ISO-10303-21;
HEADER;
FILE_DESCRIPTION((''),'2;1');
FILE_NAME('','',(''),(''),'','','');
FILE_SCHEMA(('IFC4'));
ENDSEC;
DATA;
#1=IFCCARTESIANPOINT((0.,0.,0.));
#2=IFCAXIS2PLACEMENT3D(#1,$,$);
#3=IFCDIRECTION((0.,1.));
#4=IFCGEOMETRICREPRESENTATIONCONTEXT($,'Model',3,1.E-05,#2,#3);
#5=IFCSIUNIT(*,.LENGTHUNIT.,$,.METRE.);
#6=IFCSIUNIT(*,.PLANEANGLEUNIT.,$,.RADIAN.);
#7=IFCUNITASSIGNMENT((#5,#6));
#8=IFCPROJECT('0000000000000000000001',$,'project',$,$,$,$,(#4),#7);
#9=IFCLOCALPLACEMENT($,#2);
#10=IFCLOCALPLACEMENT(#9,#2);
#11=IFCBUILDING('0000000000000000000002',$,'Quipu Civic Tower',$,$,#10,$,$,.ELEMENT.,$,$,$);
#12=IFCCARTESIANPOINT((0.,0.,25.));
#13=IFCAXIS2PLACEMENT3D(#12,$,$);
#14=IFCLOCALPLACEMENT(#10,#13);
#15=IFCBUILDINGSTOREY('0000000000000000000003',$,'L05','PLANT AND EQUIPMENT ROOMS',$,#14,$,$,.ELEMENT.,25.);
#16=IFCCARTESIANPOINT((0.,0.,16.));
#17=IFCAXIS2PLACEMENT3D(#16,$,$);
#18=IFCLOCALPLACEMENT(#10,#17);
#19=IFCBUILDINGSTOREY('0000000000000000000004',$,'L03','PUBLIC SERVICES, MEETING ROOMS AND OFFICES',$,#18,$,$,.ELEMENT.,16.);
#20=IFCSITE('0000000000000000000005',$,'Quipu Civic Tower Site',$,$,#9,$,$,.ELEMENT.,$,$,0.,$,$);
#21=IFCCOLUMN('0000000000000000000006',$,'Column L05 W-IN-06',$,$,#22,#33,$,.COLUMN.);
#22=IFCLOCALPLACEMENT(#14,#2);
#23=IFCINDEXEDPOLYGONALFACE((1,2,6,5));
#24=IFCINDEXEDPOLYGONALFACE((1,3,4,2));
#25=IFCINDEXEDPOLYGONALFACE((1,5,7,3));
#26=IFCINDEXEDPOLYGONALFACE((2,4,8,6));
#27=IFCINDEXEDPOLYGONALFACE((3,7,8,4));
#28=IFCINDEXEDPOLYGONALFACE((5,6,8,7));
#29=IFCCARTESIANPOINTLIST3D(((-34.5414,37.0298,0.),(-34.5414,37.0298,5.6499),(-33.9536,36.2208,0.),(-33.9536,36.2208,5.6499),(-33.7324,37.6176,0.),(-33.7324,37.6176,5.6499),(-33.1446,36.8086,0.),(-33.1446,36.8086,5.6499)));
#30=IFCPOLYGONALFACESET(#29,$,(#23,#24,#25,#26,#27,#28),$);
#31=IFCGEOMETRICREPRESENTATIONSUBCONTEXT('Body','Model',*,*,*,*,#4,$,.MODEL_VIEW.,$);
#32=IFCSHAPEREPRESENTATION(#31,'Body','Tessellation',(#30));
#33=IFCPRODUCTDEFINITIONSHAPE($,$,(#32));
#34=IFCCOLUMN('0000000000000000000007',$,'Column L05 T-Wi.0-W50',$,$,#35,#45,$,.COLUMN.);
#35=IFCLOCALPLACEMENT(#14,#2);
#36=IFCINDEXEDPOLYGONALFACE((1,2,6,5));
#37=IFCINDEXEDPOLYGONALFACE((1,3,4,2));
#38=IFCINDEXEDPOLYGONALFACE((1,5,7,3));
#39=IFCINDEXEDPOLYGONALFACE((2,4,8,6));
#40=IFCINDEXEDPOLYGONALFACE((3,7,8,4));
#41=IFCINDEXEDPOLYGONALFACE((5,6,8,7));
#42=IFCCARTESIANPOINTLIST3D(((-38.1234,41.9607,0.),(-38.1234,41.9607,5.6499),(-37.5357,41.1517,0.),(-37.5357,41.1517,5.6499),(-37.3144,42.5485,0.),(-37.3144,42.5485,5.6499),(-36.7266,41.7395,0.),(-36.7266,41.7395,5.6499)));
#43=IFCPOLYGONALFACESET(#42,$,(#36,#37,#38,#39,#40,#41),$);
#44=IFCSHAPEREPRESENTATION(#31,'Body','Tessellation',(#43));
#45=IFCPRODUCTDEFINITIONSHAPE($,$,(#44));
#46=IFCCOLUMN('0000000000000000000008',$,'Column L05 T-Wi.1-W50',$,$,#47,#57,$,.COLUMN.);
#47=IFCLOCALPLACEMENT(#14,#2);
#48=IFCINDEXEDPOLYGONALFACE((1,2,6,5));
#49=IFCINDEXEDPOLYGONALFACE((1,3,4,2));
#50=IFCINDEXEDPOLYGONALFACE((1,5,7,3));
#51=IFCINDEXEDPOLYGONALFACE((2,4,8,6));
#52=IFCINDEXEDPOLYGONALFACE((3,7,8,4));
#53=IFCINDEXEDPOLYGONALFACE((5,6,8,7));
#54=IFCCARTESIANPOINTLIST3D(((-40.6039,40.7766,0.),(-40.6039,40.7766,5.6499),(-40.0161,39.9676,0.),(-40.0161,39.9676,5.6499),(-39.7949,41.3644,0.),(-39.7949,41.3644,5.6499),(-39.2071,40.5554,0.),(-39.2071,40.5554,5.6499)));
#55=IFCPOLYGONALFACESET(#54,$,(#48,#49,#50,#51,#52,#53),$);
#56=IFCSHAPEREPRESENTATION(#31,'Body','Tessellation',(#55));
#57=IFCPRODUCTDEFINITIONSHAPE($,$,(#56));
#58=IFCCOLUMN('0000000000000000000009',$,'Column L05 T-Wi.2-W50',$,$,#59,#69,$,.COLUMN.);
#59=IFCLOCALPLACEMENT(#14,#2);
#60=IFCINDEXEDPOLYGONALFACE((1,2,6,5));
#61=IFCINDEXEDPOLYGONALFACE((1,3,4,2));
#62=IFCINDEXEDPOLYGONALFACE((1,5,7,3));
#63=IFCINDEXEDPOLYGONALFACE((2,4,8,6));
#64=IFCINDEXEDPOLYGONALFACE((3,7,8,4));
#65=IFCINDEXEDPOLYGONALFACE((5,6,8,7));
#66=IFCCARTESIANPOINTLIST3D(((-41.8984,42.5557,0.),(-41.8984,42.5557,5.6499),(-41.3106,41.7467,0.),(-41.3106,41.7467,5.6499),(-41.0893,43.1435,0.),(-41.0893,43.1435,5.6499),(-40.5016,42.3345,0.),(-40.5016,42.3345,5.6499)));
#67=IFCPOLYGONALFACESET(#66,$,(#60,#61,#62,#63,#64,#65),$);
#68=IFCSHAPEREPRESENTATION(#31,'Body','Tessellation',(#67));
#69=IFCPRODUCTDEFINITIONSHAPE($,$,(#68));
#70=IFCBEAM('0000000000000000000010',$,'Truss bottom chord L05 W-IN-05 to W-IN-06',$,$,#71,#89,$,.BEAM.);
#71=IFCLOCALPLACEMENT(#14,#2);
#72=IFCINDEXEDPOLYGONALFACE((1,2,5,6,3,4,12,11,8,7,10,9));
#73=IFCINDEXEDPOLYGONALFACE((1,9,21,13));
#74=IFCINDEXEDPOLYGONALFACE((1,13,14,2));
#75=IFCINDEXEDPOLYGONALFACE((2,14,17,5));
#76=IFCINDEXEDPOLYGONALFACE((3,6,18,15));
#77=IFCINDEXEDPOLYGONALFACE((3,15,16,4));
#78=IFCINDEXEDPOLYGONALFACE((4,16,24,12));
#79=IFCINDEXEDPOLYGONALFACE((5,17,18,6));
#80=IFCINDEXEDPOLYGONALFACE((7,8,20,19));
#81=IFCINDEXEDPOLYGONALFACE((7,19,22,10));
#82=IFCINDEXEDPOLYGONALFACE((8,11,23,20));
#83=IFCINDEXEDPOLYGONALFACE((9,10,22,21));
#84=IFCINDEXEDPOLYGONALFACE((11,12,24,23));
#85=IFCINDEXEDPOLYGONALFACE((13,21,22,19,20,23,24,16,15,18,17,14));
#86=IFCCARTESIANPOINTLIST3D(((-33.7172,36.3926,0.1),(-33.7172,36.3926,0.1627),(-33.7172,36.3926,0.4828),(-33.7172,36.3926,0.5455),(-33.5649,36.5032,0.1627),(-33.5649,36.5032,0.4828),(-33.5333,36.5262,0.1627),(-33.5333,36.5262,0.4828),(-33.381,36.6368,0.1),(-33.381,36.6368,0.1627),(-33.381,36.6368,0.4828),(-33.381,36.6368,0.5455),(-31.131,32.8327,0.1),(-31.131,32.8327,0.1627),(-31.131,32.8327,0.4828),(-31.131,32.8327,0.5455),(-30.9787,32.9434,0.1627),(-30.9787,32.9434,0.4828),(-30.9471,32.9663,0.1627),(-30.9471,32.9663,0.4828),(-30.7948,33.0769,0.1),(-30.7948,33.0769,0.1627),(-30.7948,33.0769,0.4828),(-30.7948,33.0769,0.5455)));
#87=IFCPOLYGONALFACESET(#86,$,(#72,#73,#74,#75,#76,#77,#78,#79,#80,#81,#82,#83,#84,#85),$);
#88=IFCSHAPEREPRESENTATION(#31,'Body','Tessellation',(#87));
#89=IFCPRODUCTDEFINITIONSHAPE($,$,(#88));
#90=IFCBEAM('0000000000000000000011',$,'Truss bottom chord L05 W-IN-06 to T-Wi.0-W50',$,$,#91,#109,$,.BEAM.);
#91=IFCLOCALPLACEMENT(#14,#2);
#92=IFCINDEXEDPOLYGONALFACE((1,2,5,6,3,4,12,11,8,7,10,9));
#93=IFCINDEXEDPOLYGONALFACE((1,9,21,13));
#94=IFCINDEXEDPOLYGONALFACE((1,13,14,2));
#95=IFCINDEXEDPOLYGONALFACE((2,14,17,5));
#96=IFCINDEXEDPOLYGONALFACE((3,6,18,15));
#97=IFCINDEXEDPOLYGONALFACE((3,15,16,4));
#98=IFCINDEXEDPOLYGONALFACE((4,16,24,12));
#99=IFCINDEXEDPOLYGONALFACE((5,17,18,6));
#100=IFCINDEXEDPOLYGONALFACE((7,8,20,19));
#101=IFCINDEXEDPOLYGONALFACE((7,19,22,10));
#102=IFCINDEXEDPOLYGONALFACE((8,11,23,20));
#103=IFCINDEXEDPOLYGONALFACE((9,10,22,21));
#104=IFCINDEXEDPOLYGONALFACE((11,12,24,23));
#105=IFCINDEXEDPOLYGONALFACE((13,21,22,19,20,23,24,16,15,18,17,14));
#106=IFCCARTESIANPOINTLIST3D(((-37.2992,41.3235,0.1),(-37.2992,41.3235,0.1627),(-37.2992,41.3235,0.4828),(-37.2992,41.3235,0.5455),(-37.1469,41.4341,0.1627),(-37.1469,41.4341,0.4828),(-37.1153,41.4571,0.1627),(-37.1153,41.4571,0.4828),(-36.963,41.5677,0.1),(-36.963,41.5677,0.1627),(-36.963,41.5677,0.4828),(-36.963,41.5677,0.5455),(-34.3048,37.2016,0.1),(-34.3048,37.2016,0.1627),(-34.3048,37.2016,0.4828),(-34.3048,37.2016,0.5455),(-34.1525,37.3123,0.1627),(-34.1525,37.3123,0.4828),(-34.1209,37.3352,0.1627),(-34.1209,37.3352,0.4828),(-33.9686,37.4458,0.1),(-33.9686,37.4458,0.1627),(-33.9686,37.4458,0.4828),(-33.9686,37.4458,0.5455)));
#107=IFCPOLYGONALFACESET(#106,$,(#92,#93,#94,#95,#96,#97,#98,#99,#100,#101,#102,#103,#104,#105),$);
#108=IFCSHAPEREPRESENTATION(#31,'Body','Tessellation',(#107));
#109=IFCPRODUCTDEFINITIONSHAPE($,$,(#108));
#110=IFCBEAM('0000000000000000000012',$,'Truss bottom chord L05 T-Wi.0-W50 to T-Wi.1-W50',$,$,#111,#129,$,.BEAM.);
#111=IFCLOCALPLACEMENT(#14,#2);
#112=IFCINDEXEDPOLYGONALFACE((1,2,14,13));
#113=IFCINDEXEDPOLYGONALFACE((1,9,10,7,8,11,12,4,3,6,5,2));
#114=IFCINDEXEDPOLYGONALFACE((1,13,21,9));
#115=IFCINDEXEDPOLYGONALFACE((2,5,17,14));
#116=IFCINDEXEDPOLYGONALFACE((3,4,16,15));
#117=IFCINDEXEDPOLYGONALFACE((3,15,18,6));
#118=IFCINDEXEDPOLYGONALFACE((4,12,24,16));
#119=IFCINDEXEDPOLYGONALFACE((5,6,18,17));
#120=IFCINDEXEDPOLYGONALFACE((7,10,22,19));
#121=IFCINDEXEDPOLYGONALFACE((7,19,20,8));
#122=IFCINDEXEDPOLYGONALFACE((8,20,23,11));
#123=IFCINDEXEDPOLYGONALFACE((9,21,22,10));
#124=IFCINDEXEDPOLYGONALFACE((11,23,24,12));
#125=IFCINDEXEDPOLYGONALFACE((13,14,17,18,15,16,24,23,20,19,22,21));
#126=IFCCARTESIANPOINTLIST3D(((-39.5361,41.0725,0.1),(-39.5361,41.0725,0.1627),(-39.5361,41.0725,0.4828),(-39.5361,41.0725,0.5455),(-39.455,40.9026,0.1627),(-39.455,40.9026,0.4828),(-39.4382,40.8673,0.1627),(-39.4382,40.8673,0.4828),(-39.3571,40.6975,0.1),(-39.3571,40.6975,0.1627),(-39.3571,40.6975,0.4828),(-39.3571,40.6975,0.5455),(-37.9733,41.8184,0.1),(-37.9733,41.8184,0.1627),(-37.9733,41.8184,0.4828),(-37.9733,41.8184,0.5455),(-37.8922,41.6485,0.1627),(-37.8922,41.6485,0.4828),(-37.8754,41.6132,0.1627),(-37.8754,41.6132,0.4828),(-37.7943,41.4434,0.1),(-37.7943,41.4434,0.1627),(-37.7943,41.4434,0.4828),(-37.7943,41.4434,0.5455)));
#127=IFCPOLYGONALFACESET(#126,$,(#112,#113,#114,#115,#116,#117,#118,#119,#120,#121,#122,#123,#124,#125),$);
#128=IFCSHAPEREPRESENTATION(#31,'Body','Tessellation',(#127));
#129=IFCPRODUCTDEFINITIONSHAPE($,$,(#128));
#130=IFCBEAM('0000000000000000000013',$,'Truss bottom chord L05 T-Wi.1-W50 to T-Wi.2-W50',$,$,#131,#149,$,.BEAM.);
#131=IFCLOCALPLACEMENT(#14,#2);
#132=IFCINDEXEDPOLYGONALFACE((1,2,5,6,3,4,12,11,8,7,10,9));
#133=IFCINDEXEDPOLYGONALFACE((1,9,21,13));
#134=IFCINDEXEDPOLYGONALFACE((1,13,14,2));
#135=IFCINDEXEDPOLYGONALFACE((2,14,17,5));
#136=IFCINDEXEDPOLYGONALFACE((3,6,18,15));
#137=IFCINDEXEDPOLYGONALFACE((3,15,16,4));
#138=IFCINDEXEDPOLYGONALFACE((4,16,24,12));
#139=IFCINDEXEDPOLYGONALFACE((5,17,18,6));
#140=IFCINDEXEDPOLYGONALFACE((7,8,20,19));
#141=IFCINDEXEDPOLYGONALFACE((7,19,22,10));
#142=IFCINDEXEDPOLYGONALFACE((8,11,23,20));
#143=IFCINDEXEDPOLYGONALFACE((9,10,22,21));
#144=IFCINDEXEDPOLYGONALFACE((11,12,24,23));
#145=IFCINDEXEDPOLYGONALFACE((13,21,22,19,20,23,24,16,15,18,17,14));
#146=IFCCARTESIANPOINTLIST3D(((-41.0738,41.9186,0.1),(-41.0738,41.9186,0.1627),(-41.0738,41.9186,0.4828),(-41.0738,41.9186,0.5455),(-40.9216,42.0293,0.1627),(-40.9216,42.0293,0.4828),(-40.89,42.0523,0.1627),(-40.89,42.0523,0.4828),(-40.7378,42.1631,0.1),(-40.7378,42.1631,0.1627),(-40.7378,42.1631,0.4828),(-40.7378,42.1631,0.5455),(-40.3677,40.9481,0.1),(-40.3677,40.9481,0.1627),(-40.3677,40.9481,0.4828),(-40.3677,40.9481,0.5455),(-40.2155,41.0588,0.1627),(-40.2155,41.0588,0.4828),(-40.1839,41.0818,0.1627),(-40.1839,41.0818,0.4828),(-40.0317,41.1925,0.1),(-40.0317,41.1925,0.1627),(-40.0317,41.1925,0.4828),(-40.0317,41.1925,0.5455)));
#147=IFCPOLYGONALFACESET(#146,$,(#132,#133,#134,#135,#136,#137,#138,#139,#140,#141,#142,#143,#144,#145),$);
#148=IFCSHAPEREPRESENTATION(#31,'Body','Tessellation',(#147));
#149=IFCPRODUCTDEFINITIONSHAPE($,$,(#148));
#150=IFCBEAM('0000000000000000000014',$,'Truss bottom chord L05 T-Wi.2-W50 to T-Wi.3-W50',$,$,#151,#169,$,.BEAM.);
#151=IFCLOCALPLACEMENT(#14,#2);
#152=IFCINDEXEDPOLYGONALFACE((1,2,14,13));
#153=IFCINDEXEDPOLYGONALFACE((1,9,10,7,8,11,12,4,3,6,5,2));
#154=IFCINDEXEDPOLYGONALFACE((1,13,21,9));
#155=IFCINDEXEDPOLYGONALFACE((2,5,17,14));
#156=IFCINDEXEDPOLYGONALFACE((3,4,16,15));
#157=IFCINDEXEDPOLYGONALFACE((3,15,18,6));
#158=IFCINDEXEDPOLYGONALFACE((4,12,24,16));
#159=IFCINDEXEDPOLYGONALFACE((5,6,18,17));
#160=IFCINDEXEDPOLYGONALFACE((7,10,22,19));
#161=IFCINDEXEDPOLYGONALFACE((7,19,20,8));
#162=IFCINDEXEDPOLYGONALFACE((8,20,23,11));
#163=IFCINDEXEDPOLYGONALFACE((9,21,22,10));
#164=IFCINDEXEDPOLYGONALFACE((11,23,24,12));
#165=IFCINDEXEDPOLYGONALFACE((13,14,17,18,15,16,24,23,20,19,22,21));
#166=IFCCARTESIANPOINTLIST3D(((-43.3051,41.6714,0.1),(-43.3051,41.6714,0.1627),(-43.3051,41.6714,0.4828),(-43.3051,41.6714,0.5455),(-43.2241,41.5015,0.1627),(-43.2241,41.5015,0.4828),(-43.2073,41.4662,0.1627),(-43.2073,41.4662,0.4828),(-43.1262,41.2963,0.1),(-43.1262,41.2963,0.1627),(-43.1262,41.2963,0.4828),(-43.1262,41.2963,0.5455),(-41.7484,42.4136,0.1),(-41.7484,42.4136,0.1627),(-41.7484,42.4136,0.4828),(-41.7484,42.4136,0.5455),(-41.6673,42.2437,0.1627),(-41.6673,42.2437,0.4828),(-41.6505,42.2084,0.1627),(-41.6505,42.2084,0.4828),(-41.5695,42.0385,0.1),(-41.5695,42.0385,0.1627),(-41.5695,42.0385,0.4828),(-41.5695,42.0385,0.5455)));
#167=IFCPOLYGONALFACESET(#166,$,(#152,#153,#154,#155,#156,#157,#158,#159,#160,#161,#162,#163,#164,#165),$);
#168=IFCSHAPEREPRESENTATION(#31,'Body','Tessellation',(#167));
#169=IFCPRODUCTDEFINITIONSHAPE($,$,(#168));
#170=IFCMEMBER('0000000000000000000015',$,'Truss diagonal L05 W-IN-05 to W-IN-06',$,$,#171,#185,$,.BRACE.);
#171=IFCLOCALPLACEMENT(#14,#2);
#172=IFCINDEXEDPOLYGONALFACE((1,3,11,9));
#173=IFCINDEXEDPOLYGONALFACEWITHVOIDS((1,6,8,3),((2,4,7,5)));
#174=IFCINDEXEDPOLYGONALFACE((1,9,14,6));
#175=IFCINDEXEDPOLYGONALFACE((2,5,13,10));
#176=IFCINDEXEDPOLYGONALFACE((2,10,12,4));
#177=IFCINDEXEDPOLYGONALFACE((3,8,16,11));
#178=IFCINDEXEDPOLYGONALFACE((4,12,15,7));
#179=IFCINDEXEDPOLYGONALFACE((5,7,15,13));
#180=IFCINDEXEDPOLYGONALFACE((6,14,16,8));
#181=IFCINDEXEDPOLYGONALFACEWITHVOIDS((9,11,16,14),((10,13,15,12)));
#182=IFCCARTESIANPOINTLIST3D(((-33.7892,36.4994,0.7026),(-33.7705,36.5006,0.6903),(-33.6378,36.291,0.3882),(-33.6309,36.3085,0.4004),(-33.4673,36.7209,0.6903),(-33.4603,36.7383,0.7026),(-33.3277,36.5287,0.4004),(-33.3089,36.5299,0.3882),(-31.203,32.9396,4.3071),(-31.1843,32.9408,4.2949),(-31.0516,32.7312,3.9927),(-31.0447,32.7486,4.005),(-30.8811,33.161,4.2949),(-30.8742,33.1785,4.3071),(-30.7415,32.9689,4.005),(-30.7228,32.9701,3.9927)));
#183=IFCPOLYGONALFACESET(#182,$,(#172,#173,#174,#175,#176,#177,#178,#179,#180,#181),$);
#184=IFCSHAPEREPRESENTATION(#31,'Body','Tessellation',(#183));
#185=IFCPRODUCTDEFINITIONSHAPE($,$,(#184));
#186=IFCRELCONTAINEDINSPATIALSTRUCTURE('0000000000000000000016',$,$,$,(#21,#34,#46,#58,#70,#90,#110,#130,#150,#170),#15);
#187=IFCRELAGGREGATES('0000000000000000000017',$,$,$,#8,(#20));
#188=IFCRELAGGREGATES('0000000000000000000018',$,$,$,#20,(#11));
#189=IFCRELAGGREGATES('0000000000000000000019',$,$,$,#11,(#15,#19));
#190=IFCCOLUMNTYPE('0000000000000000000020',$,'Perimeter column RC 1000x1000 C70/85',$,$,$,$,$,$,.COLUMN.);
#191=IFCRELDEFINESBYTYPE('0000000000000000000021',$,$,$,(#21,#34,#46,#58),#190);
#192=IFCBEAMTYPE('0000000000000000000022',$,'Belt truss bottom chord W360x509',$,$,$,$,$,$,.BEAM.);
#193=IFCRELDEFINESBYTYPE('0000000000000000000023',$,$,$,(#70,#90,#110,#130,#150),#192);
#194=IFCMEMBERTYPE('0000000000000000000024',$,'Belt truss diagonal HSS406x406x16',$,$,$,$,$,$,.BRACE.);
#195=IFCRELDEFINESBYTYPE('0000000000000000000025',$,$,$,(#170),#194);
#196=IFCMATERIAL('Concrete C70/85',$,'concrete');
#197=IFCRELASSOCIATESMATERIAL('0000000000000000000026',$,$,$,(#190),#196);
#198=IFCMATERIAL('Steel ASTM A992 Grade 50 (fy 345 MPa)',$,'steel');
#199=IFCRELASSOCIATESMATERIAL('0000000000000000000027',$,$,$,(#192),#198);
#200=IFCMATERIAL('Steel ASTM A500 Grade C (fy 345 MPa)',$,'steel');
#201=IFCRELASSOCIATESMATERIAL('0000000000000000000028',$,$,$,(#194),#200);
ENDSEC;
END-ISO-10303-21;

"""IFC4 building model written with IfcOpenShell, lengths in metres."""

from ifc_helpers import new_model, si_unit, direction, frame, origin, origin_2d, place, context, subcontext, project, spatial, rectangle, hollow_rectangle, i_section, extrude, material, material_profile, profile_set, type_object, element, save


model = new_model("IFC4")

# Units and contexts
model_context = context("Model", 3, precision=1e-05, world=origin(), true_north=direction((0.0, 1.0)))
body_context = subcontext(model_context, "Body", "Model", "MODEL_VIEW")
ifc_project = project(units=[si_unit("LENGTHUNIT", "METRE"), si_unit("PLANEANGLEUNIT", "RADIAN")], contexts=[model_context])

# Site, building, storey
site_placement = place(None, origin())
site = spatial("IfcSite", under=ifc_project, at=site_placement, Name="Quipu Civic Tower Site", CompositionType="ELEMENT", RefElevation=0.0)
building_placement = place(site_placement, origin())
building = spatial("IfcBuilding", under=site, at=building_placement, Name="Quipu Civic Tower", CompositionType="ELEMENT")
storey_1_placement = place(building_placement, frame((0.0, 0.0, 25.0)))
storey_1 = spatial("IfcBuildingStorey", under=building, at=storey_1_placement, Name="L05", Description="PLANT AND EQUIPMENT ROOMS", CompositionType="ELEMENT", Elevation=25.0)

# Columns
ifc_material_1 = material(Name="Concrete C70/85", Category="concrete")
ifc_material_profile_1 = material_profile(ifc_material_1, rectangle(XDim=1.0, YDim=1.0, at=origin_2d()), Name="RC1000x1000")
ifc_profile_set_1 = profile_set([ifc_material_profile_1], Name="Concrete C70/85")
column_type = type_object("IfcColumnType", Name="Perimeter column RC 1000x1000 C70/85", PredefinedType="COLUMN", material=ifc_profile_set_1)
for number, where, z_axis, x_axis, name in (
    (1, (-33.843, 36.9192, 0.0), (0.0, 0.0, 1.0), (-0.587785, 0.809017, 0.0), "Column L05 W-IN-06"),
    (2, (-37.425, 41.8501, 0.0), (0.0, 0.0, 1.0), (-0.587785, 0.809017, 0.0), "Column L05 T-Wi.0-W50"),
    (3, (-39.9055, 40.666, 0.0), (0.0, 0.0, 1.0), (-0.587785, 0.809017, 0.0), "Column L05 T-Wi.1-W50"),
    (4, (-41.2, 42.4451, 0.0), (0.0, 0.0, 1.0), (-0.587785, 0.809017, 0.0), "Column L05 T-Wi.2-W50"),
):
    element("IfcColumn", number, at=place(storey_1_placement, frame(where, z_axis=z_axis, x_axis=x_axis)), inside=storey_1, type_object=column_type, Name=name, PredefinedType="COLUMN", context=body_context, shape_type="SweptSolid", body=[
        extrude(rectangle(XDim=1.0, YDim=1.0, at=origin_2d()), origin(), (0.0, 0.0, 1.0), 5.6499),
    ])

# Beams
ifc_material_2 = material(Name="Steel ASTM A992 Grade 50 (fy 345 MPa)", Category="steel")
ifc_material_profile_2 = material_profile(ifc_material_2, i_section(OverallWidth=0.4155, OverallDepth=0.4456, WebThickness=0.0391, FlangeThickness=0.0627, at=origin_2d()), Name="W360x509")
ifc_profile_set_2 = profile_set([ifc_material_profile_2], Name="Steel ASTM A992 Grade 50 (fy 345 MPa)")
beam_type_1 = type_object("IfcBeamType", Name="Belt truss bottom chord W360x509", PredefinedType="BEAM", material=ifc_profile_set_2)
beam_1_placement = place(storey_1_placement, frame((-30.9629, 32.9548, 0.3228), z_axis=(-0.587759, 0.809036, 0.0), x_axis=(-0.809036, -0.587759, 0.0)))
element("IfcBeam", 5, at=beam_1_placement, inside=storey_1, type_object=beam_type_1, Name="Truss bottom chord L05 W-IN-05 to W-IN-06", PredefinedType="BEAM", context=body_context, shape_type="SweptSolid", body=[
    extrude(i_section(OverallWidth=0.4155, OverallDepth=0.4456, WebThickness=0.0391, FlangeThickness=0.0627, at=origin_2d()), origin(), (0.0, 0.0, 1.0), 4.4001),
])
beam_2_placement = place(storey_1_placement, frame((-34.1367, 37.3237, 0.3228), z_axis=(-0.587747, 0.809045, 0.0), x_axis=(-0.809045, -0.587747, 0.0)))
element("IfcBeam", 6, at=beam_2_placement, inside=storey_1, type_object=beam_type_1, Name="Truss bottom chord L05 W-IN-06 to T-Wi.0-W50", PredefinedType="BEAM", context=body_context, shape_type="SweptSolid", body=[
    extrude(i_section(OverallWidth=0.4155, OverallDepth=0.4456, WebThickness=0.0391, FlangeThickness=0.0627, at=origin_2d()), origin(), (0.0, 0.0, 1.0), 5.0947),
])
beam_3_placement = place(storey_1_placement, frame((-37.8838, 41.6309, 0.3228), z_axis=(-0.902482, -0.430727, 0.0), x_axis=(0.430727, -0.902482, 0.0)))
element("IfcBeam", 7, at=beam_3_placement, inside=storey_1, type_object=beam_type_1, Name="Truss bottom chord L05 T-Wi.0-W50 to T-Wi.1-W50", PredefinedType="BEAM", context=body_context, shape_type="SweptSolid", body=[
    extrude(i_section(OverallWidth=0.4155, OverallDepth=0.4456, WebThickness=0.0391, FlangeThickness=0.0627, at=origin_2d()), origin(), (0.0, 0.0, 1.0), 1.7317),
])
beam_4_placement = place(storey_1_placement, frame((-40.1997, 41.0703, 0.3228), z_axis=(-0.588317, 0.808631, 0.0), x_axis=(-0.808631, -0.588317, 0.0)))
element("IfcBeam", 8, at=beam_4_placement, inside=storey_1, type_object=beam_type_1, Name="Truss bottom chord L05 T-Wi.1-W50 to T-Wi.2-W50", PredefinedType="BEAM", context=body_context, shape_type="SweptSolid", body=[
    extrude(i_section(OverallWidth=0.4155, OverallDepth=0.4456, WebThickness=0.0391, FlangeThickness=0.0627, at=origin_2d()), origin(), (0.0, 0.0, 1.0), 1.2002),
])
beam_5_placement = place(storey_1_placement, frame((-41.6589, 42.2261, 0.3228), z_axis=(-0.902651, -0.430373, 0.0), x_axis=(0.430373, -0.902651, 0.0)))
element("IfcBeam", 9, at=beam_5_placement, inside=storey_1, type_object=beam_type_1, Name="Truss bottom chord L05 T-Wi.2-W50 to T-Wi.3-W50", PredefinedType="BEAM", context=body_context, shape_type="SweptSolid", body=[
    extrude(i_section(OverallWidth=0.4155, OverallDepth=0.4456, WebThickness=0.0391, FlangeThickness=0.0627, at=origin_2d()), origin(), (0.0, 0.0, 1.0), 1.7246),
])

# Member
ifc_material_3 = material(Name="Steel ASTM A500 Grade C (fy 345 MPa)", Category="steel")
ifc_material_profile_3 = material_profile(ifc_material_3, hollow_rectangle(XDim=0.4065, YDim=0.4065, WallThickness=0.0159, at=origin_2d()), Name="HSS406x406x16")
ifc_profile_set_3 = profile_set([ifc_material_profile_3], Name="Steel ASTM A500 Grade C (fy 345 MPa)")
member_type_1 = type_object("IfcMemberType", Name="Belt truss diagonal HSS406x406x16", PredefinedType="BRACE", material=ifc_profile_set_3)
member_1_placement = place(storey_1_placement, frame((-30.9629, 32.9548, 4.1499), z_axis=(-0.454676, 0.62585, -0.633705), x_axis=(-0.809036, -0.587759, 0.0)))
element("IfcMember", 10, at=member_1_placement, inside=storey_1, type_object=member_type_1, Name="Truss diagonal L05 W-IN-05 to W-IN-06", PredefinedType="BRACE", context=body_context, shape_type="SweptSolid", body=[
    extrude(hollow_rectangle(XDim=0.4065, YDim=0.4065, WallThickness=0.0159, at=origin_2d()), origin(), (0.0, 0.0, 1.0), 5.688),
])

# Shared definitions
storey_2_placement = place(building_placement, frame((0.0, 0.0, 16.0)))
storey_2 = spatial("IfcBuildingStorey", under=building, at=storey_2_placement, Name="L03", Description="PUBLIC SERVICES, MEETING ROOMS AND OFFICES", CompositionType="ELEMENT", Elevation=16.0)

save(model, "model.ifc")
